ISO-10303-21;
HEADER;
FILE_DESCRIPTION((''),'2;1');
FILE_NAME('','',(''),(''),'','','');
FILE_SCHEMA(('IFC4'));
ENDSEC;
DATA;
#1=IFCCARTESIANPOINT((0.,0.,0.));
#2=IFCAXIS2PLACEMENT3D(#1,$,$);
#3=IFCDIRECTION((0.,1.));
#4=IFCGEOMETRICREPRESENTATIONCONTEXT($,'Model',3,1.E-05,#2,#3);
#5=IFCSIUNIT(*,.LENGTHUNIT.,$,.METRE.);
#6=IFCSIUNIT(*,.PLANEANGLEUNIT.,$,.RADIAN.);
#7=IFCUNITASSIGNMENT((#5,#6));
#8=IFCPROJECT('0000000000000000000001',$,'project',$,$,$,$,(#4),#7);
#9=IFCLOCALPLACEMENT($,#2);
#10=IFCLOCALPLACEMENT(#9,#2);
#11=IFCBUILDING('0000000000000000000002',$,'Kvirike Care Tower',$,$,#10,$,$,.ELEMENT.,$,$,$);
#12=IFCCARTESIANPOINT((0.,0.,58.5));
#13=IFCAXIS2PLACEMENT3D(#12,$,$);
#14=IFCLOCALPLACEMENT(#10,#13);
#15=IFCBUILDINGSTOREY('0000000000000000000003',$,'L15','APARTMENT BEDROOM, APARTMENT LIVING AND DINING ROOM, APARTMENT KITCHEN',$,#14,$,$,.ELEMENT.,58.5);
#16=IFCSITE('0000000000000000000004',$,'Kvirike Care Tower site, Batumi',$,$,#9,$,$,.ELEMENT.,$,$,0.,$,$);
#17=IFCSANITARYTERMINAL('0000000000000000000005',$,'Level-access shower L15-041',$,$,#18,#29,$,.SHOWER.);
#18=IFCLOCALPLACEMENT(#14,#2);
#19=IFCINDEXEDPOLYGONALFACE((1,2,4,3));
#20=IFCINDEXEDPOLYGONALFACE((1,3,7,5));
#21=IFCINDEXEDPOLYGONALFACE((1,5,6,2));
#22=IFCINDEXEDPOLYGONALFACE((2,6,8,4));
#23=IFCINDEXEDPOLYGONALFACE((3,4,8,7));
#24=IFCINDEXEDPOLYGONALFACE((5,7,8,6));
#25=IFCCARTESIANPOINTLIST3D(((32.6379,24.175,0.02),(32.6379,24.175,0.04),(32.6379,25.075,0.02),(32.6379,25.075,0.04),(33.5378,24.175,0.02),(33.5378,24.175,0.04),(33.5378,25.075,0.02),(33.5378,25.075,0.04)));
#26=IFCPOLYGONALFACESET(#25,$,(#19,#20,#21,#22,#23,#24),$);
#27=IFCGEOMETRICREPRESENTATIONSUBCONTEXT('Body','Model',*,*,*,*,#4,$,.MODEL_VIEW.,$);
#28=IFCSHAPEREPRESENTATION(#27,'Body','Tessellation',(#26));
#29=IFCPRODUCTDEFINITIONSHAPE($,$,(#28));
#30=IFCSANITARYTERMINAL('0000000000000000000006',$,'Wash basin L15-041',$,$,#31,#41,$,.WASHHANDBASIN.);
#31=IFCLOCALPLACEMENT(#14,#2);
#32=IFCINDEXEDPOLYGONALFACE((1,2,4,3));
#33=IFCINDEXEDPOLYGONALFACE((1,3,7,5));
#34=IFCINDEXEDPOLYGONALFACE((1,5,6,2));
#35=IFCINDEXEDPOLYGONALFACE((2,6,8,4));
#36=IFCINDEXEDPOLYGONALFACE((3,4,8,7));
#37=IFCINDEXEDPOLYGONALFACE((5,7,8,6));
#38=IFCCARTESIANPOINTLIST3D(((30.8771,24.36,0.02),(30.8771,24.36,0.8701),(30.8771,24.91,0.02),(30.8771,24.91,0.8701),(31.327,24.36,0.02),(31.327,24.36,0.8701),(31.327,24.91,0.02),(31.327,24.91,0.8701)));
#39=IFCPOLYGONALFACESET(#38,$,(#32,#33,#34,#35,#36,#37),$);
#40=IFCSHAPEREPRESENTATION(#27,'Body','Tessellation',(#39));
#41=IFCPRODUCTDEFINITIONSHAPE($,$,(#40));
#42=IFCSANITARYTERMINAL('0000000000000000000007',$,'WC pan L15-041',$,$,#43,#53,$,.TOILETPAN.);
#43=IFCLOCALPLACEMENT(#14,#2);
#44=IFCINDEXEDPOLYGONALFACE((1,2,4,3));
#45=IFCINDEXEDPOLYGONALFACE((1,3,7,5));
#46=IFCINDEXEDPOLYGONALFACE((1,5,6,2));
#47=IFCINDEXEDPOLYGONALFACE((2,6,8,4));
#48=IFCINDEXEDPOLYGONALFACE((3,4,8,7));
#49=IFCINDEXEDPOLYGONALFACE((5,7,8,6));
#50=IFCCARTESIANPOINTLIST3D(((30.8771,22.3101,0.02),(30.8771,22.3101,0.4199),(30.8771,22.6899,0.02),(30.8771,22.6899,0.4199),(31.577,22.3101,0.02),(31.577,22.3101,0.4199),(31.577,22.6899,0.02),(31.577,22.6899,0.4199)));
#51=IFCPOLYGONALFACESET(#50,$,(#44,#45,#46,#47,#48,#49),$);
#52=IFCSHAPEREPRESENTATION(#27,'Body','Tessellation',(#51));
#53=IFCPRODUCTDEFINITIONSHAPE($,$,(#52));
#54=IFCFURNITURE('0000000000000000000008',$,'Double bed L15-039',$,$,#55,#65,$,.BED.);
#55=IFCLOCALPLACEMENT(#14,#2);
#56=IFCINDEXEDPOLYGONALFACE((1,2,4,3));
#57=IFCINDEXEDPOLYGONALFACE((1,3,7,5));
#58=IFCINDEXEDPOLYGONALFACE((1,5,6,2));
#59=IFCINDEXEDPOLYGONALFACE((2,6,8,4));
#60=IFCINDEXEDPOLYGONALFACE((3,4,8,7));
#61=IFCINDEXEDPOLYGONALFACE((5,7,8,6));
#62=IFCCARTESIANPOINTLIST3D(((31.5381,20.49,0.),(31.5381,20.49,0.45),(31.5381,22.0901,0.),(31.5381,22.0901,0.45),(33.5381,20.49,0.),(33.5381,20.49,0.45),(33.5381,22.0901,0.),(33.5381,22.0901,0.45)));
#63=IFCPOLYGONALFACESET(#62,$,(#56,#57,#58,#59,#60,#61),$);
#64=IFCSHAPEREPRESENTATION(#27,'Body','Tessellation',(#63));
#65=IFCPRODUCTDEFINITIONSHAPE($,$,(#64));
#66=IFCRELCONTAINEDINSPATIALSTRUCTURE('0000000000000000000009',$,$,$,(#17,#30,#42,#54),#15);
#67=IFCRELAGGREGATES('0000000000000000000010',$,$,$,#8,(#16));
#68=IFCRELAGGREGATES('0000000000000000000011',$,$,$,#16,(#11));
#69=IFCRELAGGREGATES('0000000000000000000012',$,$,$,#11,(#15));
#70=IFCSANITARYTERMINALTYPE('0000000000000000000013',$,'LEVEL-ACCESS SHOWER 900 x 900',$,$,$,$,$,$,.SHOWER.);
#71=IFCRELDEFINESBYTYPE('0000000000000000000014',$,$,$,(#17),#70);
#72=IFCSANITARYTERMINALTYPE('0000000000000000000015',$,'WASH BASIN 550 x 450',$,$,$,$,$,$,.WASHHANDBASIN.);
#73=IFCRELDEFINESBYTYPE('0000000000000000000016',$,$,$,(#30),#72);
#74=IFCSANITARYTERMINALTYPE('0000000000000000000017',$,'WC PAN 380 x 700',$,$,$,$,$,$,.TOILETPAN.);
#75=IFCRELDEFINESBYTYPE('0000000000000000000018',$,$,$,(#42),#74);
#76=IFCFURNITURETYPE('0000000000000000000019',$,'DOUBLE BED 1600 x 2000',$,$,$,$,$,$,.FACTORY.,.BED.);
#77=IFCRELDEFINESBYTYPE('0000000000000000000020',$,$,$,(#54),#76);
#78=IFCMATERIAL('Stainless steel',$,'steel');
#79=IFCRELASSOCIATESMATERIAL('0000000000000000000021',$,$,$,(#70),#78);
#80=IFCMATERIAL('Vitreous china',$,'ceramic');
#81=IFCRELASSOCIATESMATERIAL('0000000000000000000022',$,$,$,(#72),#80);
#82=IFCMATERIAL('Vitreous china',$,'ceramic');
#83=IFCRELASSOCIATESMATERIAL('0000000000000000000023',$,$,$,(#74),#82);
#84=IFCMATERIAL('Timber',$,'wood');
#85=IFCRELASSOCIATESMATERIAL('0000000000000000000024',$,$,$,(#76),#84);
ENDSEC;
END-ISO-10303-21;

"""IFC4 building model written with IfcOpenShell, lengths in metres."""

from ifc_helpers import new_model, si_unit, direction, frame, origin, origin_2d, place, context, subcontext, project, spatial, rectangle, extrude, material, type_object, element, save


model = new_model("IFC4")

# Units and contexts
model_context = context("Model", 3, precision=1e-05, world=origin(), true_north=direction((0.0, 1.0)))
body_context = subcontext(model_context, "Body", "Model", "MODEL_VIEW")
ifc_project = project(units=[si_unit("LENGTHUNIT", "METRE"), si_unit("PLANEANGLEUNIT", "RADIAN")], contexts=[model_context])

# Site, building, storey
site_placement = place(None, origin())
site = spatial("IfcSite", under=ifc_project, at=site_placement, Name="Kvirike Care Tower site, Batumi", CompositionType="ELEMENT", RefElevation=0.0)
building_placement = place(site_placement, origin())
building = spatial("IfcBuilding", under=site, at=building_placement, Name="Kvirike Care Tower", CompositionType="ELEMENT")
storey_placement = place(building_placement, frame((0.0, 0.0, 58.5)))
storey = spatial("IfcBuildingStorey", under=building, at=storey_placement, Name="L15", Description="APARTMENT BEDROOM, APARTMENT LIVING AND DINING ROOM, APARTMENT KITCHEN", CompositionType="ELEMENT", Elevation=58.5)

# Sanitary terminals
ifc_material_1 = material(Name="Stainless steel", Category="steel")
sanitary_terminal_type_1 = type_object("IfcSanitaryTerminalType", Name="LEVEL-ACCESS SHOWER 900 x 900", PredefinedType="SHOWER", material=ifc_material_1)
sanitary_terminal_1_placement = place(storey_placement, frame((33.0879, 24.625, 0.02), z_axis=(0.0, 0.0, 1.0), x_axis=(0.0, -1.0, 0.0)))
element("IfcSanitaryTerminal", 1, at=sanitary_terminal_1_placement, inside=storey, type_object=sanitary_terminal_type_1, Name="Level-access shower L15-041", PredefinedType="SHOWER", context=body_context, shape_type="SweptSolid", body=[
    extrude(rectangle(XDim=0.8999, YDim=0.8999, at=origin_2d()), origin(), (0.0, 0.0, 1.0), 0.02),
])
ifc_material_2 = material(Name="Vitreous china", Category="ceramic")
sanitary_terminal_type_2 = type_object("IfcSanitaryTerminalType", Name="WASH BASIN 550 x 450", PredefinedType="WASHHANDBASIN", material=ifc_material_2)
sanitary_terminal_2_placement = place(storey_placement, frame((31.1021, 24.635, 0.02), z_axis=(0.0, 0.0, 1.0), x_axis=(0.0, 1.0, 0.0)))
element("IfcSanitaryTerminal", 2, at=sanitary_terminal_2_placement, inside=storey, type_object=sanitary_terminal_type_2, Name="Wash basin L15-041", PredefinedType="WASHHANDBASIN", context=body_context, shape_type="SweptSolid", body=[
    extrude(rectangle(XDim=0.55, YDim=0.45, at=origin_2d()), origin(), (0.0, 0.0, 1.0), 0.8501),
])
ifc_material_3 = material(Name="Vitreous china", Category="ceramic")
sanitary_terminal_type_3 = type_object("IfcSanitaryTerminalType", Name="WC PAN 380 x 700", PredefinedType="TOILETPAN", material=ifc_material_3)
sanitary_terminal_3_placement = place(storey_placement, frame((31.2271, 22.5, 0.02), z_axis=(0.0, 0.0, 1.0), x_axis=(0.0, 1.0, 0.0)))
element("IfcSanitaryTerminal", 3, at=sanitary_terminal_3_placement, inside=storey, type_object=sanitary_terminal_type_3, Name="WC pan L15-041", PredefinedType="TOILETPAN", context=body_context, shape_type="SweptSolid", body=[
    extrude(rectangle(XDim=0.3799, YDim=0.7, at=origin_2d()), origin(), (0.0, 0.0, 1.0), 0.3999),
])

# Furniture
ifc_material_4 = material(Name="Timber", Category="wood")
furniture_type = type_object("IfcFurnitureType", Name="DOUBLE BED 1600 x 2000", AssemblyPlace="FACTORY", PredefinedType="BED", material=ifc_material_4)
furniture_placement = place(storey_placement, frame((32.5381, 21.29, 0.0), z_axis=(0.0, 0.0, 1.0), x_axis=(0.0, -1.0, 0.0)))
element("IfcFurniture", 4, at=furniture_placement, inside=storey, type_object=furniture_type, Name="Double bed L15-039", PredefinedType="BED", context=body_context, shape_type="SweptSolid", body=[
    extrude(rectangle(XDim=1.6001, YDim=2.0, at=origin_2d()), origin(), (0.0, 0.0, 1.0), 0.45),
])

save(model, "model.ifc")
